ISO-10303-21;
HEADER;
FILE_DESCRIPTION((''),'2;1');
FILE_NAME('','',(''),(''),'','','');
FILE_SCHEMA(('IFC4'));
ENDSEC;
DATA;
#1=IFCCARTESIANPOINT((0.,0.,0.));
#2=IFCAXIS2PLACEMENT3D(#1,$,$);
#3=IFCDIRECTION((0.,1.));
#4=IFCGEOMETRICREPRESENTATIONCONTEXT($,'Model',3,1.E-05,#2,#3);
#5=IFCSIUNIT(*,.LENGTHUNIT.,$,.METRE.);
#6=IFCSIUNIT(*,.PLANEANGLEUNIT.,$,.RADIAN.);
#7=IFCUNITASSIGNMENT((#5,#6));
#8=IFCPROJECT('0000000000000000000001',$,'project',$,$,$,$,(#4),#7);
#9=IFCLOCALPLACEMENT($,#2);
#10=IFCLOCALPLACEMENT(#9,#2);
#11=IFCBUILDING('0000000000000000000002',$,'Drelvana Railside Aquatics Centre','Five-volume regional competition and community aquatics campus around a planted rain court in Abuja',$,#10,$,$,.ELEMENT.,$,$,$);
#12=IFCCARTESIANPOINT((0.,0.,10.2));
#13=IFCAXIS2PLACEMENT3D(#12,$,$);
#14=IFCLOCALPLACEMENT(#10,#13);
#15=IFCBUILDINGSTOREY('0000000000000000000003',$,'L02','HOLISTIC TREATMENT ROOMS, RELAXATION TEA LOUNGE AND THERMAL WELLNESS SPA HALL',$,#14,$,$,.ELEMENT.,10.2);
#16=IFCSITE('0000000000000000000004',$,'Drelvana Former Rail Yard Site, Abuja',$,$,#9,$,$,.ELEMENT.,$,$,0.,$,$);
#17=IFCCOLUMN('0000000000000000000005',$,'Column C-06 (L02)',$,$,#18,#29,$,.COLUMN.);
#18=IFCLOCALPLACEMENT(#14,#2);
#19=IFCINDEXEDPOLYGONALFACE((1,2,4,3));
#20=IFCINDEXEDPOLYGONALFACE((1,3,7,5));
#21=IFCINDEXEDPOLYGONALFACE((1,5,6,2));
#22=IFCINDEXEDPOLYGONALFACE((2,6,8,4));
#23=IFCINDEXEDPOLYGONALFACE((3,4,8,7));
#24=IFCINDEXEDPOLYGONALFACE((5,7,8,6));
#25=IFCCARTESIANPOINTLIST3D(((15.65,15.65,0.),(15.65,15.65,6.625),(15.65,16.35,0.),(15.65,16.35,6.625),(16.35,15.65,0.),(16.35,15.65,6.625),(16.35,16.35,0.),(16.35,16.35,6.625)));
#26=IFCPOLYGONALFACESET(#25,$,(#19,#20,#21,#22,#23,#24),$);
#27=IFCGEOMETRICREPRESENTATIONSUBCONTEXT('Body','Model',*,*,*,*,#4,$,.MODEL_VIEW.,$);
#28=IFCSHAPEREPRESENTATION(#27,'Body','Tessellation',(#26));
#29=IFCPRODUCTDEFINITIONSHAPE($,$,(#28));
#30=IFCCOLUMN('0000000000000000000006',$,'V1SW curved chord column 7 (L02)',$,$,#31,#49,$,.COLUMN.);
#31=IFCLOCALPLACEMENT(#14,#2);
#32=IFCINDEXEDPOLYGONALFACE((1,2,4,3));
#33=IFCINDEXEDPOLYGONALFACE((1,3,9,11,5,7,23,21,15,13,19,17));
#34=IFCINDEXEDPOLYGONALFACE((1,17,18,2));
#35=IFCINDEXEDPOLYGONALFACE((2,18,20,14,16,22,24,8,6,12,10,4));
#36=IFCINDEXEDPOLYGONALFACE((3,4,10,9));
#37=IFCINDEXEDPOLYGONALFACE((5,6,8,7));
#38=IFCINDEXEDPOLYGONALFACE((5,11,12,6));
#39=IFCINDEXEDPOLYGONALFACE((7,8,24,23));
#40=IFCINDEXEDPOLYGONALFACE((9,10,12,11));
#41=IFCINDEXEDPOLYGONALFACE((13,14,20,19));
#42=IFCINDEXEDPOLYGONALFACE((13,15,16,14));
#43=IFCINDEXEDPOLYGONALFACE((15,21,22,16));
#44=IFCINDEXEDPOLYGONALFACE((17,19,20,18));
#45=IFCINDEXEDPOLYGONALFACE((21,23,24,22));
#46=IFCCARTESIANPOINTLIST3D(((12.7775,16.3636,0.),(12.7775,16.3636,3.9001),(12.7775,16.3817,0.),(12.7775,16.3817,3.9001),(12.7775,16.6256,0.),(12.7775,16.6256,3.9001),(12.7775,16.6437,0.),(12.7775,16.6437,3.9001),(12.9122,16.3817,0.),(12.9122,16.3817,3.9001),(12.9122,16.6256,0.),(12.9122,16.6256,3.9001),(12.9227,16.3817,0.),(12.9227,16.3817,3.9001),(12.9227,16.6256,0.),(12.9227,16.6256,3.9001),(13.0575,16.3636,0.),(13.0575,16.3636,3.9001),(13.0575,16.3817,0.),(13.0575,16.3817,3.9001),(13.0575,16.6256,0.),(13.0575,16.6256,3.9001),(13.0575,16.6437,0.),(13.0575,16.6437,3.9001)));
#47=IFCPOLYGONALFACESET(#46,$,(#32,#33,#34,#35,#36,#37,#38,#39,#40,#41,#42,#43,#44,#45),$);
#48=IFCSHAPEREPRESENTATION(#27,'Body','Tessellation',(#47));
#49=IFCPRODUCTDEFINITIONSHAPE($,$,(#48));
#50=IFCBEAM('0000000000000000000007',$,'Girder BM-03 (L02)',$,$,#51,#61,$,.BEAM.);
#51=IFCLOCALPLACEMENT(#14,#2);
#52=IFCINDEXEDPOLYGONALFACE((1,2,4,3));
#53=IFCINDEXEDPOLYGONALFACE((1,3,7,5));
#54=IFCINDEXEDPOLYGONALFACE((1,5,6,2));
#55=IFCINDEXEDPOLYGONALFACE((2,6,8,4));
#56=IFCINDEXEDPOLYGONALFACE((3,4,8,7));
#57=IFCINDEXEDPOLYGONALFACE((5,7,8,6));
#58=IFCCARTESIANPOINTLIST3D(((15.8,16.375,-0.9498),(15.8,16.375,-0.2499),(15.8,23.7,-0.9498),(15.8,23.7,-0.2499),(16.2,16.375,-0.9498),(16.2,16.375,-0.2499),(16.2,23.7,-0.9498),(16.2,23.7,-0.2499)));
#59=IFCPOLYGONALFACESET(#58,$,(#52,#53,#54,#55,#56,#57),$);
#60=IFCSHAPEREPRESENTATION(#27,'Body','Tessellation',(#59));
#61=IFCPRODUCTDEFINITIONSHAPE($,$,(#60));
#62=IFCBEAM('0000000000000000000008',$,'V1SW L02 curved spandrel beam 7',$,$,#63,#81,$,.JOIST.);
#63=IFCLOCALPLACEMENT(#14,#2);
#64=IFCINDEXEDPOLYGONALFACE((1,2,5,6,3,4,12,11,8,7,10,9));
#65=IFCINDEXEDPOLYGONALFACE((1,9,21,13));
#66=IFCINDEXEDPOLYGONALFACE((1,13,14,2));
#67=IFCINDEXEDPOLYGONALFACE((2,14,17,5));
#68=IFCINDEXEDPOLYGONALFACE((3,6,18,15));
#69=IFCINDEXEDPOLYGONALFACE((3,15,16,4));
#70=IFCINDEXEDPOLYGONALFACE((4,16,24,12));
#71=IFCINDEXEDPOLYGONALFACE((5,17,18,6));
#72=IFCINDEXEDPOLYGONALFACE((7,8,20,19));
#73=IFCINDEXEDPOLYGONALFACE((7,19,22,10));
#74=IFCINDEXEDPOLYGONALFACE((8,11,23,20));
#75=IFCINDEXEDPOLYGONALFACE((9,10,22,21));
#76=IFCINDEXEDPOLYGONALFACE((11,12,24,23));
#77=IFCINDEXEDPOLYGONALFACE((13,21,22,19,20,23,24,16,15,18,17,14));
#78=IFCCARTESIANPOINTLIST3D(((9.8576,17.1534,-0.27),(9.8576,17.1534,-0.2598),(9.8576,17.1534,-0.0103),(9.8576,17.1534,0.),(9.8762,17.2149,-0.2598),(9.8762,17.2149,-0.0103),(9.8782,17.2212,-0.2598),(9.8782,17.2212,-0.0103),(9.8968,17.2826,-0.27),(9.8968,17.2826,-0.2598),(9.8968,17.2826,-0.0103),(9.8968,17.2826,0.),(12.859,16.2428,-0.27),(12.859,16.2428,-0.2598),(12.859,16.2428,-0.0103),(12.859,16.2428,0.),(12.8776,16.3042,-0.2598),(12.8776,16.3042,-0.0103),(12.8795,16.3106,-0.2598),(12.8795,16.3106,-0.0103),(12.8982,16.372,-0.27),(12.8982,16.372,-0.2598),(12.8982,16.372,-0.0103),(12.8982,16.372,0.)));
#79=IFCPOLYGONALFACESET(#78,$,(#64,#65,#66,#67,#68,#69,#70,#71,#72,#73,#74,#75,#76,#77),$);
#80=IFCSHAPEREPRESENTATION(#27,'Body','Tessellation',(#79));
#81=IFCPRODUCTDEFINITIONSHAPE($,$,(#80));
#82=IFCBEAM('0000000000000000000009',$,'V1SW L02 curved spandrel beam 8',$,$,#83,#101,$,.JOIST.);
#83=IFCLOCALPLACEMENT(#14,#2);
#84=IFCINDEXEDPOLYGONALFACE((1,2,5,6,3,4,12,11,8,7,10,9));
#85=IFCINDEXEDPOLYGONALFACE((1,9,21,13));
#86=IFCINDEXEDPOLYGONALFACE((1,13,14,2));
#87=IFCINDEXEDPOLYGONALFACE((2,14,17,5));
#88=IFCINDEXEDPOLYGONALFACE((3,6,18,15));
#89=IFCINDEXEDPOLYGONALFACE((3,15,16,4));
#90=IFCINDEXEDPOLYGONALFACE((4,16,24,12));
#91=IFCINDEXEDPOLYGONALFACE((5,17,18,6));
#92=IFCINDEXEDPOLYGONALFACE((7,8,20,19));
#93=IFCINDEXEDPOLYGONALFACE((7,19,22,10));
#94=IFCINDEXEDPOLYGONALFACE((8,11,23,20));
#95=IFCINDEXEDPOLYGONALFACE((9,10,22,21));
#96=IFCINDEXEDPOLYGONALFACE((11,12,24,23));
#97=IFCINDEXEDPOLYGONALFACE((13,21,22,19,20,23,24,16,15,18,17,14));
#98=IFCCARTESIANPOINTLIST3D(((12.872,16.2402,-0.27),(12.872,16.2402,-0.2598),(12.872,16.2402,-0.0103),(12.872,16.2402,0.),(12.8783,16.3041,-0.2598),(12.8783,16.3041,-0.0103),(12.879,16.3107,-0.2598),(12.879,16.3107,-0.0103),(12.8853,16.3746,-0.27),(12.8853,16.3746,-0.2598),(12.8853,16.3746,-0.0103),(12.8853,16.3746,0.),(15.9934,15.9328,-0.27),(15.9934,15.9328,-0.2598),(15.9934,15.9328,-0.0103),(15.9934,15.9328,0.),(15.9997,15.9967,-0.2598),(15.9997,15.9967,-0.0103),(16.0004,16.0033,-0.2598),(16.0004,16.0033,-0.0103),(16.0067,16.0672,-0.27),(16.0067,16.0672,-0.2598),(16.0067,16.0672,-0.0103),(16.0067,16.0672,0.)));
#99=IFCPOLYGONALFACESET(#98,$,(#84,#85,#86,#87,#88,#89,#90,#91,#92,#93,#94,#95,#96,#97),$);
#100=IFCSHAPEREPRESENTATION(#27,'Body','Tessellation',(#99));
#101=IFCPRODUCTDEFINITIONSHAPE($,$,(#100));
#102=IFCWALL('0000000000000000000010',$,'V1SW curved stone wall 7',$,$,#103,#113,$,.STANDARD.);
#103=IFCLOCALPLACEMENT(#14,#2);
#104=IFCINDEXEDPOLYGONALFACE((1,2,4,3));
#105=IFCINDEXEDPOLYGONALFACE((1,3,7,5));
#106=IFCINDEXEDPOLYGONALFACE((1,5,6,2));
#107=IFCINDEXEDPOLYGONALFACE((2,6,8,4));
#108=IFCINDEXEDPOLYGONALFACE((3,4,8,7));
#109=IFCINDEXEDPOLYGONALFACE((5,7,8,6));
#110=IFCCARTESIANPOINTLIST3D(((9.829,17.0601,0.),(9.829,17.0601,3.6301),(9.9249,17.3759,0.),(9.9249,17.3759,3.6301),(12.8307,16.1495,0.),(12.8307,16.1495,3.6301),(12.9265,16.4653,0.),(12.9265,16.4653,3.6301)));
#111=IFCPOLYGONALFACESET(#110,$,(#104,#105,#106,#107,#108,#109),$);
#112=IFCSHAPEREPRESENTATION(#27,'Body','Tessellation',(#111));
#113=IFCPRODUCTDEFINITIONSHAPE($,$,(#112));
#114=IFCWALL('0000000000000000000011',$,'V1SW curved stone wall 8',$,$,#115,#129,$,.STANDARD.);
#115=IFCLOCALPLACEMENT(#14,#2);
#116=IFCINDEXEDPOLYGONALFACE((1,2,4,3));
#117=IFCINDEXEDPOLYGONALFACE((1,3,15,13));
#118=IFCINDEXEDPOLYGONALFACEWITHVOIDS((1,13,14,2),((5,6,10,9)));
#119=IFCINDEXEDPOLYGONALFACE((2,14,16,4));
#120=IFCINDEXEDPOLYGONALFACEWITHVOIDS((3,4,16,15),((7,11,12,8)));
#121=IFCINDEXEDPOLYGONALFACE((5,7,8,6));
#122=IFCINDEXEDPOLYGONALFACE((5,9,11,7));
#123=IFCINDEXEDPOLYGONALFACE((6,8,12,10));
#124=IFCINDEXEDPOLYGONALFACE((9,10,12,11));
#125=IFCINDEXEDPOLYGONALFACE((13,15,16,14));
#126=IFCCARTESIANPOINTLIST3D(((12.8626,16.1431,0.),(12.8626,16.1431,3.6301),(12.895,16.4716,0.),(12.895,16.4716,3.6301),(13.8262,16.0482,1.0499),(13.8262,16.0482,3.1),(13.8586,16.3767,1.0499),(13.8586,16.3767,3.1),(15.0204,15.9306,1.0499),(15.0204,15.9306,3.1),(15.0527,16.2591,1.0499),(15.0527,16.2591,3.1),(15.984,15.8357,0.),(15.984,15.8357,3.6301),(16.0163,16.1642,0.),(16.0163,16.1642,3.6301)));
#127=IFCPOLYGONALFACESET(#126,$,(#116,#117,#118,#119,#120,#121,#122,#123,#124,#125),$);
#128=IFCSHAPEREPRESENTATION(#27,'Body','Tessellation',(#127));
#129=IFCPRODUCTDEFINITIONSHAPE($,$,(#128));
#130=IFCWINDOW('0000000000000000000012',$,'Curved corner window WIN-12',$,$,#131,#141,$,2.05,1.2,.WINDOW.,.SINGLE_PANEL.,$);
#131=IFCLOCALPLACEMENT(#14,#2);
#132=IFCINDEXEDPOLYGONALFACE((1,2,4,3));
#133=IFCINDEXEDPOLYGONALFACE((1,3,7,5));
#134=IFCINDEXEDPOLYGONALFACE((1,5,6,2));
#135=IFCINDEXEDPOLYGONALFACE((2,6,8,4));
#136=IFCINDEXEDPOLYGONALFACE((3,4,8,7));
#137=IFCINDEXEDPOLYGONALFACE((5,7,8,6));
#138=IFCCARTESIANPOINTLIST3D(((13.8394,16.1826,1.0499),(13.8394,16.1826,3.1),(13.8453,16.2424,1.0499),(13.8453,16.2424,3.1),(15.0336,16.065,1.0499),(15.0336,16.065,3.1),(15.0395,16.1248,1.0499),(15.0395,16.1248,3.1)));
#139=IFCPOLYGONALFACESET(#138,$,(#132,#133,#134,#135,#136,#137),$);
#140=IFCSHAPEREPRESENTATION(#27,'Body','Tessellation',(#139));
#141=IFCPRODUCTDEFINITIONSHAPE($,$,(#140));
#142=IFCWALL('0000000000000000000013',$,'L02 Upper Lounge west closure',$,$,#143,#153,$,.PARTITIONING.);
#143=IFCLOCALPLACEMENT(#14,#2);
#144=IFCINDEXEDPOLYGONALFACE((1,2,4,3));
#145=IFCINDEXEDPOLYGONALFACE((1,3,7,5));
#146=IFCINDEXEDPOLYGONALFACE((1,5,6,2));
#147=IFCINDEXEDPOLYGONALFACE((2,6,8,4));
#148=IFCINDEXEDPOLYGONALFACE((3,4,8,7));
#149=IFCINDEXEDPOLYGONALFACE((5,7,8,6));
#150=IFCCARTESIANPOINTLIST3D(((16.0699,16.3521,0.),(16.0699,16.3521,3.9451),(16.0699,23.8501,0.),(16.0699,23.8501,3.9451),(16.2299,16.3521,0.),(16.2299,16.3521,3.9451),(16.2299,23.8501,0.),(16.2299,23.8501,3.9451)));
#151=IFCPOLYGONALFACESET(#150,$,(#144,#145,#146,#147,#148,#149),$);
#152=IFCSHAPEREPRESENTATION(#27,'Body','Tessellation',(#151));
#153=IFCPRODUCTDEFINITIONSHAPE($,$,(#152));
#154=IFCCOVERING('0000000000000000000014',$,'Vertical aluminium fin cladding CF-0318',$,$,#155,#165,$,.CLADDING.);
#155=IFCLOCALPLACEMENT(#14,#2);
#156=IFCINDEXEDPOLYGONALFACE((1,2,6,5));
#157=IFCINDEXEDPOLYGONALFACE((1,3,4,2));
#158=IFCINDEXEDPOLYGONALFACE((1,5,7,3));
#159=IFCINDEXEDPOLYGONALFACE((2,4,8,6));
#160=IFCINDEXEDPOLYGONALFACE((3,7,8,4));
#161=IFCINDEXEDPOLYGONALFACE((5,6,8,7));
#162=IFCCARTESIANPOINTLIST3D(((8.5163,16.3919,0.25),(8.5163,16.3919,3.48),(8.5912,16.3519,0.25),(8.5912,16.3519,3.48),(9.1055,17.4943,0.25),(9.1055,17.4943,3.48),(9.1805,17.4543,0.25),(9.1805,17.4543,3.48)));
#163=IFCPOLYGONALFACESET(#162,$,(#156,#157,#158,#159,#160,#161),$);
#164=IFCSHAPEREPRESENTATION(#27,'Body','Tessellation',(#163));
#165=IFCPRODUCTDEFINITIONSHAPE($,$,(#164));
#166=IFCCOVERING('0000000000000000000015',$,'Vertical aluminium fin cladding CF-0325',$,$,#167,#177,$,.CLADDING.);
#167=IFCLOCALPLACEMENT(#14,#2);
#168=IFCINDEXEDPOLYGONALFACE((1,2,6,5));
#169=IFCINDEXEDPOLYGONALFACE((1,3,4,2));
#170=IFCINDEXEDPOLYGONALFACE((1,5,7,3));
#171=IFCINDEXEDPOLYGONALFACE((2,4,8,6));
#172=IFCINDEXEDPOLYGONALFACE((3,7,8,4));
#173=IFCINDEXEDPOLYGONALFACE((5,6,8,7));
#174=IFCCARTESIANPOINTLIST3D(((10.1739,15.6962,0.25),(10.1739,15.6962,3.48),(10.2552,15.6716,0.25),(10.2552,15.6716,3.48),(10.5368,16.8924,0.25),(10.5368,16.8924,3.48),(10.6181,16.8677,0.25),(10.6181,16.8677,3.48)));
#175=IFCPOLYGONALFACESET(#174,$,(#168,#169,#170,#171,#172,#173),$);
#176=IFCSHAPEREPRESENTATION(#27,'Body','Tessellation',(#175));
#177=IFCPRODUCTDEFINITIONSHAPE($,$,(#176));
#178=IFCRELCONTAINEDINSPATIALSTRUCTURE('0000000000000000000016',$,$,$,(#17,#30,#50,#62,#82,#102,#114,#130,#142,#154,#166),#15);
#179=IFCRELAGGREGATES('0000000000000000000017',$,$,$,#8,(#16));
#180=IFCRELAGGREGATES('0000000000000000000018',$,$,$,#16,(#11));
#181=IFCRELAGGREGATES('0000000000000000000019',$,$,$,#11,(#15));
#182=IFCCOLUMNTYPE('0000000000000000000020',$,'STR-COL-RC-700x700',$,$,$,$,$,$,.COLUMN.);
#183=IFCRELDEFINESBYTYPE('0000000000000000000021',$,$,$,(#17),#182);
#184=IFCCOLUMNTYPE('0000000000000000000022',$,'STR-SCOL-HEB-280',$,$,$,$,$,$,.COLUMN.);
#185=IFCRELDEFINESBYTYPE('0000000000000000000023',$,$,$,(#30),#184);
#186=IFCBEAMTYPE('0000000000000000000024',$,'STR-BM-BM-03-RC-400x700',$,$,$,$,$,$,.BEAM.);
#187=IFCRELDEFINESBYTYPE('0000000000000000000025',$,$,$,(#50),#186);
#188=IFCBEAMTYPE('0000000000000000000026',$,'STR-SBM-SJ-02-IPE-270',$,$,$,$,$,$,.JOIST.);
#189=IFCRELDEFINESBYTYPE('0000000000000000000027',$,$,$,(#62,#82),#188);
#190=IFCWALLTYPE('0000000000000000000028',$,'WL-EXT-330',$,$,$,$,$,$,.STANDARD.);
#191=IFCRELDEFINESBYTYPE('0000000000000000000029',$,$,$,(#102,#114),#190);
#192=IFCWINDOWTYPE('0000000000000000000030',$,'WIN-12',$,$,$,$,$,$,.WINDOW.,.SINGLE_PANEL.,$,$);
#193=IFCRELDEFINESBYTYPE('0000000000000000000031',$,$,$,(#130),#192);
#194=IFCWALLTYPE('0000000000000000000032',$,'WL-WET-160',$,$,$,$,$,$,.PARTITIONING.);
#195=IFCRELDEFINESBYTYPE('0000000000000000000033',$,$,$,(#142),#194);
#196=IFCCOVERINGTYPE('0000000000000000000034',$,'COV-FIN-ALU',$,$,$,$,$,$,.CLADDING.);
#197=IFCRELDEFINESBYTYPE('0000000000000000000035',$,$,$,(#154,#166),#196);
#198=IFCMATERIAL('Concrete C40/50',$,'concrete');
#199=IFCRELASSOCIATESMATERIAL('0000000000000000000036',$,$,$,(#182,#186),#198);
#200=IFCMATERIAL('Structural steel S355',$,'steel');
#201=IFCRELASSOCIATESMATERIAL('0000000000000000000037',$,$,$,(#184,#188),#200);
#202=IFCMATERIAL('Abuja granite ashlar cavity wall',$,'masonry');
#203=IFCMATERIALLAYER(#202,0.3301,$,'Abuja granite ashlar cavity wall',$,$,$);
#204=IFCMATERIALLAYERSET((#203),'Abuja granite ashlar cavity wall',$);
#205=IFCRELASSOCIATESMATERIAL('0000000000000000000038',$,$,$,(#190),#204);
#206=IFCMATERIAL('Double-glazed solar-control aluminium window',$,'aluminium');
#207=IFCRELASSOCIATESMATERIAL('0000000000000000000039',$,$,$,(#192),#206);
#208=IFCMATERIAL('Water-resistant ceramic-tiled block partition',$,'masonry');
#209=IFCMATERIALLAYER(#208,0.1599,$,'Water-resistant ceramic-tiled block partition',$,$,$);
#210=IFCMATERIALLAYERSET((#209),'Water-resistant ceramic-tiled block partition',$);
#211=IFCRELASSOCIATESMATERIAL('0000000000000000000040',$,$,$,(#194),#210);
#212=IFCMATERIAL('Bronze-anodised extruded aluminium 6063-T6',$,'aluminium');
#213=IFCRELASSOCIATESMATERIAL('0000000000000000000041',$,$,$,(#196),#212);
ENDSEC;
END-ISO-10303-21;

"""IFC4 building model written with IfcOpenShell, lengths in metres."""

from ifc_helpers import new_model, si_unit, direction, frame, frame_2d, origin, origin_2d, place, context, subcontext, project, spatial, rectangle, i_section, extrude, material, layer, layer_set, material_profile, profile_set, type_object, element, fill, save


model = new_model("IFC4")

# Units and contexts
model_context = context("Model", 3, precision=1e-05, world=origin(), true_north=direction((0.0, 1.0)))
body_context = subcontext(model_context, "Body", "Model", "MODEL_VIEW")
ifc_project = project(units=[si_unit("LENGTHUNIT", "METRE"), si_unit("PLANEANGLEUNIT", "RADIAN")], contexts=[model_context])

# Site, building, storey
site_placement = place(None, origin())
site = spatial("IfcSite", under=ifc_project, at=site_placement, Name="Drelvana Former Rail Yard Site, Abuja", CompositionType="ELEMENT", RefElevation=0.0)
building_placement = place(site_placement, origin())
building = spatial("IfcBuilding", under=site, at=building_placement, Name="Drelvana Railside Aquatics Centre", Description="Five-volume regional competition and community aquatics campus around a planted rain court in Abuja", CompositionType="ELEMENT")
storey_placement = place(building_placement, frame((0.0, 0.0, 10.2)))
storey = spatial("IfcBuildingStorey", under=building, at=storey_placement, Name="L02", Description="HOLISTIC TREATMENT ROOMS, RELAXATION TEA LOUNGE AND THERMAL WELLNESS SPA HALL", CompositionType="ELEMENT", Elevation=10.2)

# Columns
ifc_material_1 = material(Name="Concrete C40/50", Category="concrete")
ifc_material_profile_1 = material_profile(ifc_material_1, rectangle(XDim=0.7, YDim=0.7, at=origin_2d()), Name="RC 700x700")
ifc_profile_set_1 = profile_set([ifc_material_profile_1], Name="Concrete C40/50")
column_type_1 = type_object("IfcColumnType", Name="STR-COL-RC-700x700", PredefinedType="COLUMN", material=ifc_profile_set_1)
column_1_placement = place(storey_placement, frame((16.0, 16.0, 0.0), z_axis=(0.0, 0.0, 1.0), x_axis=(1.0, 0.0, 0.0)))
element("IfcColumn", 1, at=column_1_placement, inside=storey, type_object=column_type_1, Name="Column C-06 (L02)", PredefinedType="COLUMN", context=body_context, shape_type="SweptSolid", body=[
    extrude(rectangle(XDim=0.7, YDim=0.7, at=origin_2d()), origin(), (0.0, 0.0, 1.0), 6.625),
])
ifc_material_2 = material(Name="Structural steel S355", Category="steel")
ifc_material_profile_2 = material_profile(ifc_material_2, i_section(OverallWidth=0.28, OverallDepth=0.28, WebThickness=0.0105, FlangeThickness=0.0181, at=origin_2d()), Name="HEB 280")
ifc_profile_set_2 = profile_set([ifc_material_profile_2], Name="Structural steel S355")
column_type_2 = type_object("IfcColumnType", Name="STR-SCOL-HEB-280", PredefinedType="COLUMN", material=ifc_profile_set_2)
column_2_placement = place(storey_placement, frame((12.9175, 16.5037, 0.0), z_axis=(0.0, 0.0, 1.0), x_axis=(1.0, 0.0, 0.0)))
element("IfcColumn", 2, at=column_2_placement, inside=storey, type_object=column_type_2, Name="V1SW curved chord column 7 (L02)", PredefinedType="COLUMN", context=body_context, shape_type="SweptSolid", body=[
    extrude(i_section(OverallWidth=0.28, OverallDepth=0.28, WebThickness=0.0105, FlangeThickness=0.0181, at=origin_2d()), origin(), (0.0, 0.0, 1.0), 3.9001),
])

# Beams
ifc_material_profile_3 = material_profile(ifc_material_1, rectangle(XDim=0.3999, YDim=0.7, at=origin_2d()), Name="RC 400x700")
ifc_profile_set_3 = profile_set([ifc_material_profile_3], Name="Concrete C40/50")
beam_type_1 = type_object("IfcBeamType", Name="STR-BM-BM-03-RC-400x700", PredefinedType="BEAM", material=ifc_profile_set_3)
beam_placement = place(storey_placement, frame((16.0, 16.375, -0.5999), z_axis=(0.0, 1.0, 0.0), x_axis=(-1.0, 0.0, 0.0)))
element("IfcBeam", 3, at=beam_placement, inside=storey, type_object=beam_type_1, Name="Girder BM-03 (L02)", PredefinedType="BEAM", context=body_context, shape_type="SweptSolid", body=[
    extrude(rectangle(XDim=0.3999, YDim=0.7, at=origin_2d()), origin(), (0.0, 0.0, 1.0), 7.325),
])
ifc_material_profile_4 = material_profile(ifc_material_2, i_section(OverallWidth=0.135, OverallDepth=0.27, WebThickness=0.0066, FlangeThickness=0.0103, at=origin_2d()), Name="IPE 270")
ifc_profile_set_4 = profile_set([ifc_material_profile_4], Name="Structural steel S355")
beam_type_2 = type_object("IfcBeamType", Name="STR-SBM-SJ-02-IPE-270", PredefinedType="JOIST", material=ifc_profile_set_4)
for number, where, z_axis, x_axis, name in (
    (4, (9.8772, 17.218, -0.135), (0.956926, -0.290331, 0.0), (0.290331, 0.956926, 0.0), "V1SW L02 curved spandrel beam 7"),
    (5, (12.8787, 16.3074, -0.135), (0.995186, -0.098001, 0.0), (0.098001, 0.995186, 0.0), "V1SW L02 curved spandrel beam 8"),
):
    element("IfcBeam", number, at=place(storey_placement, frame(where, z_axis=z_axis, x_axis=x_axis)), inside=storey, type_object=beam_type_2, Name=name, PredefinedType="JOIST", context=body_context, shape_type="SweptSolid", body=[
        extrude(i_section(OverallWidth=0.135, OverallDepth=0.27, WebThickness=0.0066, FlangeThickness=0.0103, at=origin_2d()), origin(), (0.0, 0.0, 1.0), 3.1365),
    ])

# Wall
ifc_material_3 = material(Name="Abuja granite ashlar cavity wall", Category="masonry")
ifc_layer_1 = layer(ifc_material_3, 0.3301, Name="Abuja granite ashlar cavity wall")
ifc_layer_set_1 = layer_set([ifc_layer_1], Name="Abuja granite ashlar cavity wall")
wall_type_1 = type_object("IfcWallType", Name="WL-EXT-330", PredefinedType="STANDARD", material=ifc_layer_set_1)
wall_1_placement = place(storey_placement, frame((9.877, 17.218, 0.0), z_axis=(0.0, 0.0, 1.0), x_axis=(0.956933, -0.29031, 0.0)))
element("IfcWall", 6, at=wall_1_placement, inside=storey, type_object=wall_type_1, Name="V1SW curved stone wall 7", PredefinedType="STANDARD", context=body_context, shape_type="SweptSolid", body=[
    extrude(rectangle(XDim=3.1367, YDim=0.3301, at=frame_2d((1.5684, 0.0))), origin(), (0.0, 0.0, 1.0), 3.6301),
])

# Wall, opening, window
wall_2_placement = place(storey_placement, frame((12.8787, 16.3074, 0.0), z_axis=(0.0, 0.0, 1.0), x_axis=(0.995186, -0.098001, 0.0)))
wall_2 = element("IfcWall", 7, at=wall_2_placement, inside=storey, type_object=wall_type_1, Name="V1SW curved stone wall 8", PredefinedType="STANDARD", context=body_context, shape_type="SweptSolid", body=[
    extrude(rectangle(XDim=3.1365, YDim=0.3301, at=frame_2d((1.5684, 0.0))), origin(), (0.0, 0.0, 1.0), 3.6301),
])
opening_placement = place(wall_2_placement, frame((0.9683, 0.0, 1.05)))
opening = element("IfcOpeningElement", 8, at=opening_placement, cuts=wall_2, PredefinedType="OPENING", context=body_context, shape_type="SweptSolid", body=[
    extrude(rectangle(XDim=1.2, YDim=2.05, at=frame_2d((0.6001, 1.0249))), frame((0.0, 0.175, 0.0), z_axis=(0.0, -1.0, 0.0), x_axis=(1.0, 0.0, 0.0)), (0.0, 0.0, 1.0), 0.3501),
])
ifc_material_4 = material(Name="Double-glazed solar-control aluminium window", Category="aluminium")
window_type = type_object("IfcWindowType", Name="WIN-12", PartitioningType="SINGLE_PANEL", PredefinedType="WINDOW", material=ifc_material_4)
window_placement = place(opening_placement, origin())
window = element("IfcWindow", 9, at=window_placement, inside=storey, type_object=window_type, Name="Curved corner window WIN-12", OverallHeight=2.05, OverallWidth=1.2, PartitioningType="SINGLE_PANEL", PredefinedType="WINDOW", context=body_context, shape_type="SweptSolid", body=[
    extrude(rectangle(XDim=1.2, YDim=2.05, at=frame_2d((0.6001, 1.0249))), frame((0.0, 0.03, 0.0), z_axis=(0.0, -1.0, 0.0), x_axis=(1.0, 0.0, 0.0)), (0.0, 0.0, 1.0), 0.0601),
])
fill(opening, window)

# Wall
ifc_material_5 = material(Name="Water-resistant ceramic-tiled block partition", Category="masonry")
ifc_layer_2 = layer(ifc_material_5, 0.1599, Name="Water-resistant ceramic-tiled block partition")
ifc_layer_set_2 = layer_set([ifc_layer_2], Name="Water-resistant ceramic-tiled block partition")
wall_type_2 = type_object("IfcWallType", Name="WL-WET-160", PredefinedType="PARTITIONING", material=ifc_layer_set_2)
wall_3_placement = place(storey_placement, frame((16.1499, 16.3521, 0.0), z_axis=(0.0, 0.0, 1.0), x_axis=(0.0, 1.0, 0.0)))
element("IfcWall", 10, at=wall_3_placement, inside=storey, type_object=wall_type_2, Name="L02 Upper Lounge west closure", PredefinedType="PARTITIONING", context=body_context, shape_type="SweptSolid", body=[
    extrude(rectangle(XDim=7.498, YDim=0.1599, at=frame_2d((3.749, 0.0))), origin(), (0.0, 0.0, 1.0), 3.9451),
])

# Coverings
ifc_material_6 = material(Name="Bronze-anodised extruded aluminium 6063-T6", Category="aluminium")
covering_type = type_object("IfcCoveringType", Name="COV-FIN-ALU", PredefinedType="CLADDING", material=ifc_material_6)
for number, where, z_axis, x_axis, name in (
    (11, (8.8484, 16.9231, 0.25), (0.0, 0.0, 1.0), (-0.881921, 0.471397, 0.0), "Vertical aluminium fin cladding CF-0318"),
    (12, (10.396, 16.282, 0.25), (0.0, 0.0, 1.0), (-0.95694, 0.290285, 0.0), "Vertical aluminium fin cladding CF-0325"),
):
    element("IfcCovering", number, at=place(storey_placement, frame(where, z_axis=z_axis, x_axis=x_axis)), inside=storey, type_object=covering_type, Name=name, PredefinedType="CLADDING", context=body_context, shape_type="SweptSolid", body=[
        extrude(rectangle(XDim=0.085, YDim=1.25, at=origin_2d()), origin(), (0.0, 0.0, 1.0), 3.23),
    ])

save(model, "model.ifc")
